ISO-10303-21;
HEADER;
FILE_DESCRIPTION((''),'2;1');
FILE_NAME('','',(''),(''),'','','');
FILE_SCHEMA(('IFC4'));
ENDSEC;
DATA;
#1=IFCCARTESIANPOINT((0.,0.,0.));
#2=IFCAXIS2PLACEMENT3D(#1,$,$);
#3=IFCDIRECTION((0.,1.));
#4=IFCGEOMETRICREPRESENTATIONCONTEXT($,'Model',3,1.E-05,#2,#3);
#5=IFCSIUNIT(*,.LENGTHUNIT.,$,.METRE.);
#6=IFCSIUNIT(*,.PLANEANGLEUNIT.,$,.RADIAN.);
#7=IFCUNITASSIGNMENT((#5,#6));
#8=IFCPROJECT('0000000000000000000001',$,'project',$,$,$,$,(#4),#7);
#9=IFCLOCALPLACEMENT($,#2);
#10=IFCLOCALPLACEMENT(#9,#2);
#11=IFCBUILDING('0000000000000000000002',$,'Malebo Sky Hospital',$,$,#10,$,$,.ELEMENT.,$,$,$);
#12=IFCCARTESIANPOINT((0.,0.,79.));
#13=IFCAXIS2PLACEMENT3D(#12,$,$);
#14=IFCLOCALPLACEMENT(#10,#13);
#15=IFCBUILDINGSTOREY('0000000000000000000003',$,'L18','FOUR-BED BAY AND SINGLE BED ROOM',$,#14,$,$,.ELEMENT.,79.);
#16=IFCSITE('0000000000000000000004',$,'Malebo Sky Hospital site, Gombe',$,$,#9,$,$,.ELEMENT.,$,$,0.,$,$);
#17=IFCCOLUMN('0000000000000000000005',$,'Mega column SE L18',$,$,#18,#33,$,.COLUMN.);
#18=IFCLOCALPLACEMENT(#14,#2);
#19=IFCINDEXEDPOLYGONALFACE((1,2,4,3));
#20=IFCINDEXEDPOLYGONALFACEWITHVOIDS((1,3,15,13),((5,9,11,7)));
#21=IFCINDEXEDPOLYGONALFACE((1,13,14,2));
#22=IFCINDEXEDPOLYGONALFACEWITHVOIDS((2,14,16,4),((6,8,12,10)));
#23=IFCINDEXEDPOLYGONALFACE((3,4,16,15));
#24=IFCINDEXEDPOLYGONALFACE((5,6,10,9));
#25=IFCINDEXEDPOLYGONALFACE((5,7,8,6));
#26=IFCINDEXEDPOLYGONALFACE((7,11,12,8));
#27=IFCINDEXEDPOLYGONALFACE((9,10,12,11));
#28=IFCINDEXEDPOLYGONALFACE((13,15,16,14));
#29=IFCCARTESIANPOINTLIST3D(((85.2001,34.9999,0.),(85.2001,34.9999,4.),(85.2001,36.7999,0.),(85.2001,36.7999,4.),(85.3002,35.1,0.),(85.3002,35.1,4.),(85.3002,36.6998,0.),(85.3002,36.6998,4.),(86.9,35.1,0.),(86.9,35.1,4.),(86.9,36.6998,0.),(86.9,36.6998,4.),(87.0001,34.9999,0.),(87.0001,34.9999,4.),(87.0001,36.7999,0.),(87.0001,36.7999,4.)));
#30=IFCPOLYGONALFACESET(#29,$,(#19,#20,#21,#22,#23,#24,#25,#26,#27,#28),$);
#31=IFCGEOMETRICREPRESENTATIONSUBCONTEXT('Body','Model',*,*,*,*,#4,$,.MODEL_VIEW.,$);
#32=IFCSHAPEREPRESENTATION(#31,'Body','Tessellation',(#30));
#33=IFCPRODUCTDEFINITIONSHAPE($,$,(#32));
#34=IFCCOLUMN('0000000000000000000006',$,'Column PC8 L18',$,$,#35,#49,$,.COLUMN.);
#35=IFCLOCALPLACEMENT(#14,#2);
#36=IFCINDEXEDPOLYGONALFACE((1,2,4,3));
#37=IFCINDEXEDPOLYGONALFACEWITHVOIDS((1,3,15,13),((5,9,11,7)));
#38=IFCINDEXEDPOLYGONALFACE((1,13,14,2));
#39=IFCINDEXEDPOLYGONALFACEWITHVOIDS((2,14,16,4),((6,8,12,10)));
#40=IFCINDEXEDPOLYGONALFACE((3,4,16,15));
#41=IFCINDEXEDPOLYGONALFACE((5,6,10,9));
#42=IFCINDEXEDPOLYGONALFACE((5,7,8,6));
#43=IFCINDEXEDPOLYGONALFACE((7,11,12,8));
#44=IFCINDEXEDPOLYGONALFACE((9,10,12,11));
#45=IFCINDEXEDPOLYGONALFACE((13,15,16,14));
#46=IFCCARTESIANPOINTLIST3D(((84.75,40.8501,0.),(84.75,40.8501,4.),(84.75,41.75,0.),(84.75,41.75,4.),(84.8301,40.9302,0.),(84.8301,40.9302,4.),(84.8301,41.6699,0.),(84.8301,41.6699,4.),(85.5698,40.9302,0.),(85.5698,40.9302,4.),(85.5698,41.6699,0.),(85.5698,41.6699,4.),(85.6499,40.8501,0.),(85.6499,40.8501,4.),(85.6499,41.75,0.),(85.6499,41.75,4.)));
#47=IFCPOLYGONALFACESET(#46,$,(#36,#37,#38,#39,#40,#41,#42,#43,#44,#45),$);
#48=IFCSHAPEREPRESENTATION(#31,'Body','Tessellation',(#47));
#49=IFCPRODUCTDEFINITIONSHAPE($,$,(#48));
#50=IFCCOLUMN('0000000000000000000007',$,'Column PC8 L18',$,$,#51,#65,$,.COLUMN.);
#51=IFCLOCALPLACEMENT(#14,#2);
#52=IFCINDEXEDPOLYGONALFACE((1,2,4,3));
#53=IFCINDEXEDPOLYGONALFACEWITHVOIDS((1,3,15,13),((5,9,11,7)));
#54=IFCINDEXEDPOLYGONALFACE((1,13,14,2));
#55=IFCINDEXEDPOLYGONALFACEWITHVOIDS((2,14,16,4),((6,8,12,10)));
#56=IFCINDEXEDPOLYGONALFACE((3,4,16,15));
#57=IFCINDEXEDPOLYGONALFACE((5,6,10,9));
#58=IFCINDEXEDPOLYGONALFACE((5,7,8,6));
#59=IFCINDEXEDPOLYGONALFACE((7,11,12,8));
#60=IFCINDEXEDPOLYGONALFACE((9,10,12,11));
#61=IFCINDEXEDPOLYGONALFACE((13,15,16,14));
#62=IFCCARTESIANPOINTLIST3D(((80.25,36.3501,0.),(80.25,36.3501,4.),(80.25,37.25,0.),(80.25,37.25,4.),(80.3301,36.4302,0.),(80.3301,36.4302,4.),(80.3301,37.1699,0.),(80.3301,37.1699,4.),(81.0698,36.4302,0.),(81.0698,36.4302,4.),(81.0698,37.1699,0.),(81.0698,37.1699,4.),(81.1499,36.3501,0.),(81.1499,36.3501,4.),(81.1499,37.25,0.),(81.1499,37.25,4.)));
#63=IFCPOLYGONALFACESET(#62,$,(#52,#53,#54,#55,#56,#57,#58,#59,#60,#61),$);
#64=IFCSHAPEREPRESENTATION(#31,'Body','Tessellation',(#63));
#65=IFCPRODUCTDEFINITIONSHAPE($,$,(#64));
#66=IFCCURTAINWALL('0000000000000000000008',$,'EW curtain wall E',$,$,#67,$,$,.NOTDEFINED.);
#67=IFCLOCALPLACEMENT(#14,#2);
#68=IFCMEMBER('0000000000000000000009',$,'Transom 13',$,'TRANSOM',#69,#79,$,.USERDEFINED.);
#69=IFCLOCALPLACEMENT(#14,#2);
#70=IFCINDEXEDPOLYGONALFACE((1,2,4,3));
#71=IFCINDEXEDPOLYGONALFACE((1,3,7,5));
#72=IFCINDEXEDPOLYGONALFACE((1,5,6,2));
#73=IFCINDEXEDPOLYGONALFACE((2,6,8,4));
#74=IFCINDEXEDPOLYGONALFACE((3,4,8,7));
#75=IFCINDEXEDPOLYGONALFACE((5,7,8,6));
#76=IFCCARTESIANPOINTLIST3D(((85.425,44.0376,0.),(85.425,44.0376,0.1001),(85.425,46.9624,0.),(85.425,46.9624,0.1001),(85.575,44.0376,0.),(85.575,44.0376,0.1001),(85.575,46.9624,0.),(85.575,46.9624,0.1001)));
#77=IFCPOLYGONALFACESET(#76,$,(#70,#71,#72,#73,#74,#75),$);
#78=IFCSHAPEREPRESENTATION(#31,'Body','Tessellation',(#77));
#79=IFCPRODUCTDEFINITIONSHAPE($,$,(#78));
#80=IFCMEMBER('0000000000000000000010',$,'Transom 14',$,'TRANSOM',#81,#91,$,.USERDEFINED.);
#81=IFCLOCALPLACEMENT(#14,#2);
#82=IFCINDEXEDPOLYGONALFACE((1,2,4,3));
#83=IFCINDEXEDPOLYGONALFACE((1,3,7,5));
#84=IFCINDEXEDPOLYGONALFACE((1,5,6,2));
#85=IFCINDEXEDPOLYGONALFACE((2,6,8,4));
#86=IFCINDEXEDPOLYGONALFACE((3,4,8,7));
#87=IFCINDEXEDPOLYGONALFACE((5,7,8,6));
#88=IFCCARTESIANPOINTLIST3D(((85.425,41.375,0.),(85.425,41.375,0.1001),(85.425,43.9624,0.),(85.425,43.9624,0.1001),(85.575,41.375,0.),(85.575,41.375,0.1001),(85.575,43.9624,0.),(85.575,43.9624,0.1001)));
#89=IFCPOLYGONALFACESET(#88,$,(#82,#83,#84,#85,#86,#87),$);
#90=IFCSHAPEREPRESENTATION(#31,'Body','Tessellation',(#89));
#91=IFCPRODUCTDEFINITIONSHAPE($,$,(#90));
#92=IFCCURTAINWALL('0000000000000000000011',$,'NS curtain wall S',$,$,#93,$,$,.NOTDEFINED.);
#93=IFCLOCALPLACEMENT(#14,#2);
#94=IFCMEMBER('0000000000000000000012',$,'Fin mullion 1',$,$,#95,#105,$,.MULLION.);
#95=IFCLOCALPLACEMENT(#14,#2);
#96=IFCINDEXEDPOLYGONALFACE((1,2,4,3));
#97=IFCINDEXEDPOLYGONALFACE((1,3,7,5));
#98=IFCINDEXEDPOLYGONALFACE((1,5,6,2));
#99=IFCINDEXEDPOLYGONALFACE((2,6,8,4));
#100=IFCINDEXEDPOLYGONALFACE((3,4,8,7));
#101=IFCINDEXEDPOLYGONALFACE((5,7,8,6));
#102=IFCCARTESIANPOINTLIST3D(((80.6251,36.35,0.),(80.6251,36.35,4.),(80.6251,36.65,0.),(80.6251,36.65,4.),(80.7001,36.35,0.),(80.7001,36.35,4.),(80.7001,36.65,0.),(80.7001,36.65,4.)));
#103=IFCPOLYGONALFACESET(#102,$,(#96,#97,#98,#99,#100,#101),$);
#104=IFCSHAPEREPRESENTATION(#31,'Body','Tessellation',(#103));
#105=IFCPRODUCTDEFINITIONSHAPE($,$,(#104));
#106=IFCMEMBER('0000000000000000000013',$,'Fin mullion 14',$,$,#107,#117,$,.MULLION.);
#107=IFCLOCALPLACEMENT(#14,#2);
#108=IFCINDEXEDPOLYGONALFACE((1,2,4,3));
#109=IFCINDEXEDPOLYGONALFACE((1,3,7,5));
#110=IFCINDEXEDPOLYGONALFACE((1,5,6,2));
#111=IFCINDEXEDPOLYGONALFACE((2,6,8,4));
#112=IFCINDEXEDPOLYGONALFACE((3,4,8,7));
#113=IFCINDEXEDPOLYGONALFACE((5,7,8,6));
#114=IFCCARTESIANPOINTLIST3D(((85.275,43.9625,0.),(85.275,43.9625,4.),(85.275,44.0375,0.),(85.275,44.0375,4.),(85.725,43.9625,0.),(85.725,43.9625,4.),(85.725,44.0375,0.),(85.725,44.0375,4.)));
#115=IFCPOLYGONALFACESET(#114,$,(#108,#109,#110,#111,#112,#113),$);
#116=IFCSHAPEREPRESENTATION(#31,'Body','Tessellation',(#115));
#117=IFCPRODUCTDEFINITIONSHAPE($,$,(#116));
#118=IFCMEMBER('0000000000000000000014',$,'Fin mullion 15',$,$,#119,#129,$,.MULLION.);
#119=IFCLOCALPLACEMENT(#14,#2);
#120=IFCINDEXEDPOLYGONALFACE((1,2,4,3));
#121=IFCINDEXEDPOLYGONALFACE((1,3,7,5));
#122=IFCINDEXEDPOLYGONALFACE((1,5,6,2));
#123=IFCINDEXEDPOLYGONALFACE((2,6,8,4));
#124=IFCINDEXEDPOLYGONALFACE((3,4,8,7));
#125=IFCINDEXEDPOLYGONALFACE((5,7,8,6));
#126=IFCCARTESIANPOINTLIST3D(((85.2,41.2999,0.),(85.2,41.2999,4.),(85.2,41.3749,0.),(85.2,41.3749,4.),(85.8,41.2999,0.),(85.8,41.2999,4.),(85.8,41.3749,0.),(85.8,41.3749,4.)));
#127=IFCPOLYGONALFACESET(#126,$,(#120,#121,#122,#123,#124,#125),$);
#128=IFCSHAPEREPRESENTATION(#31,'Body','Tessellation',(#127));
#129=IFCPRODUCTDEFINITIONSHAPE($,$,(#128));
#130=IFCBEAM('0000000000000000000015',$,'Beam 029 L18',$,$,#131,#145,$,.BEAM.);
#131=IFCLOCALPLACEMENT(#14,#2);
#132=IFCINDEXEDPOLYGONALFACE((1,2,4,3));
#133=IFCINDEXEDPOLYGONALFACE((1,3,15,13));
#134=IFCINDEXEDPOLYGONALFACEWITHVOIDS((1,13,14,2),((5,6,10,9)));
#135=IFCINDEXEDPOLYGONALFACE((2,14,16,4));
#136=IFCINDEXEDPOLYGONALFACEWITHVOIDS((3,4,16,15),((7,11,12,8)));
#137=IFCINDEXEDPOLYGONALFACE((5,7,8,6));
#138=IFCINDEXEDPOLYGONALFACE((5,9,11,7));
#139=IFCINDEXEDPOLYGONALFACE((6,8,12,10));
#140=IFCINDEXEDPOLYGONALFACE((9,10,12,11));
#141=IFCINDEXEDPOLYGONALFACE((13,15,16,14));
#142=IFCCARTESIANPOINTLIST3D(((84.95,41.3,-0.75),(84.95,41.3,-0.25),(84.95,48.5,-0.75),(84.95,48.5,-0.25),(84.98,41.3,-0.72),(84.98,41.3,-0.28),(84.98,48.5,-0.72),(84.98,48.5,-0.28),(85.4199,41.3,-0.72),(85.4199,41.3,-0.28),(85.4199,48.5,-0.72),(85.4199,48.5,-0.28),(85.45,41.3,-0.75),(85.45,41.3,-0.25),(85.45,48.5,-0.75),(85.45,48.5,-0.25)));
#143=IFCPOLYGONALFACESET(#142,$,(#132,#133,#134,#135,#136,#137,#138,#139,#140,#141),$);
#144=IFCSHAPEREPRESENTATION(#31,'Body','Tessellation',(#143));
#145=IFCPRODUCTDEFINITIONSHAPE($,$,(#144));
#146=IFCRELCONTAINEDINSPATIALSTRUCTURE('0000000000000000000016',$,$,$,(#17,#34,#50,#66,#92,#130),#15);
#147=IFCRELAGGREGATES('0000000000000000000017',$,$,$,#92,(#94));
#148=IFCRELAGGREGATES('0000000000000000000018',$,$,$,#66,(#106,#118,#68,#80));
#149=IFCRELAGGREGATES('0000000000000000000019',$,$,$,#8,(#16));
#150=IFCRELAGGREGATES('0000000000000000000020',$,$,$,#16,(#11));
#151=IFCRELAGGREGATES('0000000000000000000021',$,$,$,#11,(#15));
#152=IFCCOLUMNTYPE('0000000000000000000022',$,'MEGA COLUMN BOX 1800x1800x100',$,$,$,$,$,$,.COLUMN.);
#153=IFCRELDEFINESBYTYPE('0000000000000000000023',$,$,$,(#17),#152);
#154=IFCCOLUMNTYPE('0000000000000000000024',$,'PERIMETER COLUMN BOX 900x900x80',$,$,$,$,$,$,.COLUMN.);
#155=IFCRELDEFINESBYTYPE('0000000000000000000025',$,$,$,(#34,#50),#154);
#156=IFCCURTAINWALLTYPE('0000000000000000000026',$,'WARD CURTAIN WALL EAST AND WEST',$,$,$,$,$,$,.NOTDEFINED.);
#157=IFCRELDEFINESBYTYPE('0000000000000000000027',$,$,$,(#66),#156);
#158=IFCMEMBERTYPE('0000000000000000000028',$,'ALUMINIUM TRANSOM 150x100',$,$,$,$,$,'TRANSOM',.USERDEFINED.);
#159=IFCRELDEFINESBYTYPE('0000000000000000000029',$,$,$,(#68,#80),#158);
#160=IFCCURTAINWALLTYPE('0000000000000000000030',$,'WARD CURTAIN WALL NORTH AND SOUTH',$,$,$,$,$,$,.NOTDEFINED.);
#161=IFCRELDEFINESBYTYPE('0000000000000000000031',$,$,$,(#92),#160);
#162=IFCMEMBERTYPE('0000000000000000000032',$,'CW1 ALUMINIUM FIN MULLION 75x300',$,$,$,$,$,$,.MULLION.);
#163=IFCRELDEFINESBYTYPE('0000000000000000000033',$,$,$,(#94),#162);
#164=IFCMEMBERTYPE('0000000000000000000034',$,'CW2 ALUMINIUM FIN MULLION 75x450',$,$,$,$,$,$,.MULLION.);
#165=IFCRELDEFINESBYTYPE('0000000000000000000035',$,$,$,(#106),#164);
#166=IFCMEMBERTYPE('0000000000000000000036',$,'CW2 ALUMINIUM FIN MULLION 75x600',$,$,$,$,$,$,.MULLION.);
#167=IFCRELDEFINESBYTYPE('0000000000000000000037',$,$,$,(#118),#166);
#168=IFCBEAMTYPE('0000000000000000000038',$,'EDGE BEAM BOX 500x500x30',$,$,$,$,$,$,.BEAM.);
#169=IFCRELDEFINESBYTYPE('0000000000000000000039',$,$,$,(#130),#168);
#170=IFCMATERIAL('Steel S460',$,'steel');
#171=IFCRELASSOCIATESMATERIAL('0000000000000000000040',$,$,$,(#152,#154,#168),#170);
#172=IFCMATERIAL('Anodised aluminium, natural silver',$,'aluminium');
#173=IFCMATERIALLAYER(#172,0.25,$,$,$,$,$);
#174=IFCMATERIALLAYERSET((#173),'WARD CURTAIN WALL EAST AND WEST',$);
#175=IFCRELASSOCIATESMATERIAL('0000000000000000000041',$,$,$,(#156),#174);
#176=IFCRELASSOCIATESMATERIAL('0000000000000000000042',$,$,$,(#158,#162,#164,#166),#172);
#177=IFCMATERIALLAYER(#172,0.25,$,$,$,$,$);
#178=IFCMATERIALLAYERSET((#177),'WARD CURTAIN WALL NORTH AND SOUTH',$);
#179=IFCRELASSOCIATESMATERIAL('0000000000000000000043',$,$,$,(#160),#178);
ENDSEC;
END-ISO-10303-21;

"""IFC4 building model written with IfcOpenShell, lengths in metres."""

from ifc_helpers import new_model, si_unit, direction, frame, origin, origin_2d, place, context, subcontext, project, spatial, rectangle, hollow_rectangle, extrude, material, layer, layer_set, material_profile, profile_set, type_object, element, aggregate, save


model = new_model("IFC4")

# Units and contexts
model_context = context("Model", 3, precision=1e-05, world=origin(), true_north=direction((0.0, 1.0)))
body_context = subcontext(model_context, "Body", "Model", "MODEL_VIEW")
ifc_project = project(units=[si_unit("LENGTHUNIT", "METRE"), si_unit("PLANEANGLEUNIT", "RADIAN")], contexts=[model_context])

# Site, building, storey
site_placement = place(None, origin())
site = spatial("IfcSite", under=ifc_project, at=site_placement, Name="Malebo Sky Hospital site, Gombe", CompositionType="ELEMENT", RefElevation=0.0)
building_placement = place(site_placement, origin())
building = spatial("IfcBuilding", under=site, at=building_placement, Name="Malebo Sky Hospital", CompositionType="ELEMENT")
storey_placement = place(building_placement, frame((0.0, 0.0, 79.0)))
storey = spatial("IfcBuildingStorey", under=building, at=storey_placement, Name="L18", Description="FOUR-BED BAY AND SINGLE BED ROOM", CompositionType="ELEMENT", Elevation=79.0)

# Columns
ifc_material_1 = material(Name="Steel S460", Category="steel")
ifc_material_profile_1 = material_profile(ifc_material_1, hollow_rectangle(XDim=1.8, YDim=1.8, WallThickness=0.1001, at=origin_2d()), Name="BOX 1800x1800x100")
ifc_profile_set_1 = profile_set([ifc_material_profile_1], Name="Steel S460")
column_type_1 = type_object("IfcColumnType", Name="MEGA COLUMN BOX 1800x1800x100", PredefinedType="COLUMN", material=ifc_profile_set_1)
column_placement = place(storey_placement, frame((86.1001, 35.8999, 0.0), z_axis=(0.0, 0.0, 1.0), x_axis=(1.0, 0.0, 0.0)))
element("IfcColumn", 1, at=column_placement, inside=storey, type_object=column_type_1, Name="Mega column SE L18", PredefinedType="COLUMN", context=body_context, shape_type="SweptSolid", body=[
    extrude(hollow_rectangle(XDim=1.8, YDim=1.8, WallThickness=0.1001, at=origin_2d()), origin(), (0.0, 0.0, 1.0), 4.0),
])
ifc_material_profile_2 = material_profile(ifc_material_1, hollow_rectangle(XDim=0.8999, YDim=0.8999, WallThickness=0.0801, at=origin_2d()), Name="BOX 900x900x80")
ifc_profile_set_2 = profile_set([ifc_material_profile_2], Name="Steel S460")
column_type_2 = type_object("IfcColumnType", Name="PERIMETER COLUMN BOX 900x900x80", PredefinedType="COLUMN", material=ifc_profile_set_2)
for number, where, z_axis, x_axis, name in (
    (2, (85.2, 41.3, 0.0), (0.0, 0.0, 1.0), (1.0, 0.0, 0.0), "Column PC8 L18"),
    (3, (80.7, 36.8, 0.0), (0.0, 0.0, 1.0), (1.0, 0.0, 0.0), "Column PC8 L18"),
):
    element("IfcColumn", number, at=place(storey_placement, frame(where, z_axis=z_axis, x_axis=x_axis)), inside=storey, type_object=column_type_2, Name=name, PredefinedType="COLUMN", context=body_context, shape_type="SweptSolid", body=[
        extrude(hollow_rectangle(XDim=0.8999, YDim=0.8999, WallThickness=0.0801, at=origin_2d()), origin(), (0.0, 0.0, 1.0), 4.0),
    ])

# Curtain wall, members
ifc_material_2 = material(Name="Anodised aluminium, natural silver", Category="aluminium")
ifc_layer_1 = layer(ifc_material_2, 0.25)
ifc_layer_set_1 = layer_set([ifc_layer_1], Name="WARD CURTAIN WALL EAST AND WEST")
curtain_wall_type_1 = type_object("IfcCurtainWallType", Name="WARD CURTAIN WALL EAST AND WEST", PredefinedType="NOTDEFINED", material=ifc_layer_set_1)
curtain_wall_1_placement = place(storey_placement, origin())
curtain_wall_1 = element("IfcCurtainWall", 4, at=curtain_wall_1_placement, inside=storey, type_object=curtain_wall_type_1, Name="EW curtain wall E", PredefinedType="NOTDEFINED")
ifc_material_profile_3 = material_profile(ifc_material_2, rectangle(XDim=0.1499, YDim=0.1001, at=origin_2d()), Name="ALUMINIUM TRANSOM 150x100")
ifc_profile_set_3 = profile_set([ifc_material_profile_3], Name="Anodised aluminium, natural silver")
member_type_1 = type_object("IfcMemberType", Name="ALUMINIUM TRANSOM 150x100", ElementType="TRANSOM", PredefinedType="USERDEFINED", material=ifc_profile_set_3)
member_1_placement = place(storey_placement, frame((85.5, 46.9624, 0.05), z_axis=(0.0, -1.0, 0.0), x_axis=(1.0, 0.0, 0.0)))
member_1 = element("IfcMember", 5, at=member_1_placement, type_object=member_type_1, Name="Transom 13", ObjectType="TRANSOM", PredefinedType="USERDEFINED", context=body_context, shape_type="SweptSolid", body=[
    extrude(rectangle(XDim=0.1499, YDim=0.1001, at=origin_2d()), origin(), (0.0, 0.0, 1.0), 2.9248),
])
member_2_placement = place(storey_placement, frame((85.5, 43.9624, 0.05), z_axis=(0.0, -1.0, 0.0), x_axis=(1.0, 0.0, 0.0)))
member_2 = element("IfcMember", 6, at=member_2_placement, type_object=member_type_1, Name="Transom 14", ObjectType="TRANSOM", PredefinedType="USERDEFINED", context=body_context, shape_type="SweptSolid", body=[
    extrude(rectangle(XDim=0.1499, YDim=0.1001, at=origin_2d()), origin(), (0.0, 0.0, 1.0), 2.5874),
])

# Curtain wall, member
ifc_layer_2 = layer(ifc_material_2, 0.25)
ifc_layer_set_2 = layer_set([ifc_layer_2], Name="WARD CURTAIN WALL NORTH AND SOUTH")
curtain_wall_type_2 = type_object("IfcCurtainWallType", Name="WARD CURTAIN WALL NORTH AND SOUTH", PredefinedType="NOTDEFINED", material=ifc_layer_set_2)
curtain_wall_2_placement = place(storey_placement, origin())
curtain_wall_2 = element("IfcCurtainWall", 7, at=curtain_wall_2_placement, inside=storey, type_object=curtain_wall_type_2, Name="NS curtain wall S", PredefinedType="NOTDEFINED")
ifc_material_profile_4 = material_profile(ifc_material_2, rectangle(XDim=0.075, YDim=0.3, at=origin_2d()), Name="CW1 ALUMINIUM FIN MULLION 75x300")
ifc_profile_set_4 = profile_set([ifc_material_profile_4], Name="Anodised aluminium, natural silver")
member_type_2 = type_object("IfcMemberType", Name="CW1 ALUMINIUM FIN MULLION 75x300", PredefinedType="MULLION", material=ifc_profile_set_4)
member_3_placement = place(storey_placement, frame((80.6626, 36.5, 0.0), z_axis=(0.0, 0.0, 1.0), x_axis=(-1.0, 0.0, 0.0)))
member_3 = element("IfcMember", 8, at=member_3_placement, type_object=member_type_2, Name="Fin mullion 1", PredefinedType="MULLION", context=body_context, shape_type="SweptSolid", body=[
    extrude(rectangle(XDim=0.075, YDim=0.3, at=origin_2d()), origin(), (0.0, 0.0, 1.0), 4.0),
])
aggregate(curtain_wall_2, [member_3])

# Members
ifc_material_profile_5 = material_profile(ifc_material_2, rectangle(XDim=0.075, YDim=0.45, at=origin_2d()), Name="CW2 ALUMINIUM FIN MULLION 75x450")
ifc_profile_set_5 = profile_set([ifc_material_profile_5], Name="Anodised aluminium, natural silver")
member_type_3 = type_object("IfcMemberType", Name="CW2 ALUMINIUM FIN MULLION 75x450", PredefinedType="MULLION", material=ifc_profile_set_5)
member_4_placement = place(storey_placement, frame((85.5, 44.0, 0.0), z_axis=(0.0, 0.0, 1.0), x_axis=(0.0, -1.0, 0.0)))
member_4 = element("IfcMember", 9, at=member_4_placement, type_object=member_type_3, Name="Fin mullion 14", PredefinedType="MULLION", context=body_context, shape_type="SweptSolid", body=[
    extrude(rectangle(XDim=0.075, YDim=0.45, at=origin_2d()), origin(), (0.0, 0.0, 1.0), 4.0),
])
ifc_material_profile_6 = material_profile(ifc_material_2, rectangle(XDim=0.075, YDim=0.6001, at=origin_2d()), Name="CW2 ALUMINIUM FIN MULLION 75x600")
ifc_profile_set_6 = profile_set([ifc_material_profile_6], Name="Anodised aluminium, natural silver")
member_type_4 = type_object("IfcMemberType", Name="CW2 ALUMINIUM FIN MULLION 75x600", PredefinedType="MULLION", material=ifc_profile_set_6)
member_5_placement = place(storey_placement, frame((85.5, 41.3374, 0.0), z_axis=(0.0, 0.0, 1.0), x_axis=(0.0, -1.0, 0.0)))
member_5 = element("IfcMember", 10, at=member_5_placement, type_object=member_type_4, Name="Fin mullion 15", PredefinedType="MULLION", context=body_context, shape_type="SweptSolid", body=[
    extrude(rectangle(XDim=0.075, YDim=0.6001, at=origin_2d()), origin(), (0.0, 0.0, 1.0), 4.0),
])

# Beam
ifc_material_profile_7 = material_profile(ifc_material_1, hollow_rectangle(XDim=0.5, YDim=0.5, WallThickness=0.03, at=origin_2d()), Name="BOX 500x500x30")
ifc_profile_set_7 = profile_set([ifc_material_profile_7], Name="Steel S460")
beam_type_1 = type_object("IfcBeamType", Name="EDGE BEAM BOX 500x500x30", PredefinedType="BEAM", material=ifc_profile_set_7)
beam_1_placement = place(storey_placement, frame((85.2, 41.3, -0.5), z_axis=(0.0, 1.0, 0.0), x_axis=(-1.0, 0.0, 0.0)))
element("IfcBeam", 11, at=beam_1_placement, inside=storey, type_object=beam_type_1, Name="Beam 029 L18", PredefinedType="BEAM", context=body_context, shape_type="SweptSolid", body=[
    extrude(hollow_rectangle(XDim=0.5, YDim=0.5, WallThickness=0.03, at=origin_2d()), origin(), (0.0, 0.0, 1.0), 7.2),
])

aggregate(curtain_wall_1, [member_4, member_5, member_1, member_2])

save(model, "model.ifc")
